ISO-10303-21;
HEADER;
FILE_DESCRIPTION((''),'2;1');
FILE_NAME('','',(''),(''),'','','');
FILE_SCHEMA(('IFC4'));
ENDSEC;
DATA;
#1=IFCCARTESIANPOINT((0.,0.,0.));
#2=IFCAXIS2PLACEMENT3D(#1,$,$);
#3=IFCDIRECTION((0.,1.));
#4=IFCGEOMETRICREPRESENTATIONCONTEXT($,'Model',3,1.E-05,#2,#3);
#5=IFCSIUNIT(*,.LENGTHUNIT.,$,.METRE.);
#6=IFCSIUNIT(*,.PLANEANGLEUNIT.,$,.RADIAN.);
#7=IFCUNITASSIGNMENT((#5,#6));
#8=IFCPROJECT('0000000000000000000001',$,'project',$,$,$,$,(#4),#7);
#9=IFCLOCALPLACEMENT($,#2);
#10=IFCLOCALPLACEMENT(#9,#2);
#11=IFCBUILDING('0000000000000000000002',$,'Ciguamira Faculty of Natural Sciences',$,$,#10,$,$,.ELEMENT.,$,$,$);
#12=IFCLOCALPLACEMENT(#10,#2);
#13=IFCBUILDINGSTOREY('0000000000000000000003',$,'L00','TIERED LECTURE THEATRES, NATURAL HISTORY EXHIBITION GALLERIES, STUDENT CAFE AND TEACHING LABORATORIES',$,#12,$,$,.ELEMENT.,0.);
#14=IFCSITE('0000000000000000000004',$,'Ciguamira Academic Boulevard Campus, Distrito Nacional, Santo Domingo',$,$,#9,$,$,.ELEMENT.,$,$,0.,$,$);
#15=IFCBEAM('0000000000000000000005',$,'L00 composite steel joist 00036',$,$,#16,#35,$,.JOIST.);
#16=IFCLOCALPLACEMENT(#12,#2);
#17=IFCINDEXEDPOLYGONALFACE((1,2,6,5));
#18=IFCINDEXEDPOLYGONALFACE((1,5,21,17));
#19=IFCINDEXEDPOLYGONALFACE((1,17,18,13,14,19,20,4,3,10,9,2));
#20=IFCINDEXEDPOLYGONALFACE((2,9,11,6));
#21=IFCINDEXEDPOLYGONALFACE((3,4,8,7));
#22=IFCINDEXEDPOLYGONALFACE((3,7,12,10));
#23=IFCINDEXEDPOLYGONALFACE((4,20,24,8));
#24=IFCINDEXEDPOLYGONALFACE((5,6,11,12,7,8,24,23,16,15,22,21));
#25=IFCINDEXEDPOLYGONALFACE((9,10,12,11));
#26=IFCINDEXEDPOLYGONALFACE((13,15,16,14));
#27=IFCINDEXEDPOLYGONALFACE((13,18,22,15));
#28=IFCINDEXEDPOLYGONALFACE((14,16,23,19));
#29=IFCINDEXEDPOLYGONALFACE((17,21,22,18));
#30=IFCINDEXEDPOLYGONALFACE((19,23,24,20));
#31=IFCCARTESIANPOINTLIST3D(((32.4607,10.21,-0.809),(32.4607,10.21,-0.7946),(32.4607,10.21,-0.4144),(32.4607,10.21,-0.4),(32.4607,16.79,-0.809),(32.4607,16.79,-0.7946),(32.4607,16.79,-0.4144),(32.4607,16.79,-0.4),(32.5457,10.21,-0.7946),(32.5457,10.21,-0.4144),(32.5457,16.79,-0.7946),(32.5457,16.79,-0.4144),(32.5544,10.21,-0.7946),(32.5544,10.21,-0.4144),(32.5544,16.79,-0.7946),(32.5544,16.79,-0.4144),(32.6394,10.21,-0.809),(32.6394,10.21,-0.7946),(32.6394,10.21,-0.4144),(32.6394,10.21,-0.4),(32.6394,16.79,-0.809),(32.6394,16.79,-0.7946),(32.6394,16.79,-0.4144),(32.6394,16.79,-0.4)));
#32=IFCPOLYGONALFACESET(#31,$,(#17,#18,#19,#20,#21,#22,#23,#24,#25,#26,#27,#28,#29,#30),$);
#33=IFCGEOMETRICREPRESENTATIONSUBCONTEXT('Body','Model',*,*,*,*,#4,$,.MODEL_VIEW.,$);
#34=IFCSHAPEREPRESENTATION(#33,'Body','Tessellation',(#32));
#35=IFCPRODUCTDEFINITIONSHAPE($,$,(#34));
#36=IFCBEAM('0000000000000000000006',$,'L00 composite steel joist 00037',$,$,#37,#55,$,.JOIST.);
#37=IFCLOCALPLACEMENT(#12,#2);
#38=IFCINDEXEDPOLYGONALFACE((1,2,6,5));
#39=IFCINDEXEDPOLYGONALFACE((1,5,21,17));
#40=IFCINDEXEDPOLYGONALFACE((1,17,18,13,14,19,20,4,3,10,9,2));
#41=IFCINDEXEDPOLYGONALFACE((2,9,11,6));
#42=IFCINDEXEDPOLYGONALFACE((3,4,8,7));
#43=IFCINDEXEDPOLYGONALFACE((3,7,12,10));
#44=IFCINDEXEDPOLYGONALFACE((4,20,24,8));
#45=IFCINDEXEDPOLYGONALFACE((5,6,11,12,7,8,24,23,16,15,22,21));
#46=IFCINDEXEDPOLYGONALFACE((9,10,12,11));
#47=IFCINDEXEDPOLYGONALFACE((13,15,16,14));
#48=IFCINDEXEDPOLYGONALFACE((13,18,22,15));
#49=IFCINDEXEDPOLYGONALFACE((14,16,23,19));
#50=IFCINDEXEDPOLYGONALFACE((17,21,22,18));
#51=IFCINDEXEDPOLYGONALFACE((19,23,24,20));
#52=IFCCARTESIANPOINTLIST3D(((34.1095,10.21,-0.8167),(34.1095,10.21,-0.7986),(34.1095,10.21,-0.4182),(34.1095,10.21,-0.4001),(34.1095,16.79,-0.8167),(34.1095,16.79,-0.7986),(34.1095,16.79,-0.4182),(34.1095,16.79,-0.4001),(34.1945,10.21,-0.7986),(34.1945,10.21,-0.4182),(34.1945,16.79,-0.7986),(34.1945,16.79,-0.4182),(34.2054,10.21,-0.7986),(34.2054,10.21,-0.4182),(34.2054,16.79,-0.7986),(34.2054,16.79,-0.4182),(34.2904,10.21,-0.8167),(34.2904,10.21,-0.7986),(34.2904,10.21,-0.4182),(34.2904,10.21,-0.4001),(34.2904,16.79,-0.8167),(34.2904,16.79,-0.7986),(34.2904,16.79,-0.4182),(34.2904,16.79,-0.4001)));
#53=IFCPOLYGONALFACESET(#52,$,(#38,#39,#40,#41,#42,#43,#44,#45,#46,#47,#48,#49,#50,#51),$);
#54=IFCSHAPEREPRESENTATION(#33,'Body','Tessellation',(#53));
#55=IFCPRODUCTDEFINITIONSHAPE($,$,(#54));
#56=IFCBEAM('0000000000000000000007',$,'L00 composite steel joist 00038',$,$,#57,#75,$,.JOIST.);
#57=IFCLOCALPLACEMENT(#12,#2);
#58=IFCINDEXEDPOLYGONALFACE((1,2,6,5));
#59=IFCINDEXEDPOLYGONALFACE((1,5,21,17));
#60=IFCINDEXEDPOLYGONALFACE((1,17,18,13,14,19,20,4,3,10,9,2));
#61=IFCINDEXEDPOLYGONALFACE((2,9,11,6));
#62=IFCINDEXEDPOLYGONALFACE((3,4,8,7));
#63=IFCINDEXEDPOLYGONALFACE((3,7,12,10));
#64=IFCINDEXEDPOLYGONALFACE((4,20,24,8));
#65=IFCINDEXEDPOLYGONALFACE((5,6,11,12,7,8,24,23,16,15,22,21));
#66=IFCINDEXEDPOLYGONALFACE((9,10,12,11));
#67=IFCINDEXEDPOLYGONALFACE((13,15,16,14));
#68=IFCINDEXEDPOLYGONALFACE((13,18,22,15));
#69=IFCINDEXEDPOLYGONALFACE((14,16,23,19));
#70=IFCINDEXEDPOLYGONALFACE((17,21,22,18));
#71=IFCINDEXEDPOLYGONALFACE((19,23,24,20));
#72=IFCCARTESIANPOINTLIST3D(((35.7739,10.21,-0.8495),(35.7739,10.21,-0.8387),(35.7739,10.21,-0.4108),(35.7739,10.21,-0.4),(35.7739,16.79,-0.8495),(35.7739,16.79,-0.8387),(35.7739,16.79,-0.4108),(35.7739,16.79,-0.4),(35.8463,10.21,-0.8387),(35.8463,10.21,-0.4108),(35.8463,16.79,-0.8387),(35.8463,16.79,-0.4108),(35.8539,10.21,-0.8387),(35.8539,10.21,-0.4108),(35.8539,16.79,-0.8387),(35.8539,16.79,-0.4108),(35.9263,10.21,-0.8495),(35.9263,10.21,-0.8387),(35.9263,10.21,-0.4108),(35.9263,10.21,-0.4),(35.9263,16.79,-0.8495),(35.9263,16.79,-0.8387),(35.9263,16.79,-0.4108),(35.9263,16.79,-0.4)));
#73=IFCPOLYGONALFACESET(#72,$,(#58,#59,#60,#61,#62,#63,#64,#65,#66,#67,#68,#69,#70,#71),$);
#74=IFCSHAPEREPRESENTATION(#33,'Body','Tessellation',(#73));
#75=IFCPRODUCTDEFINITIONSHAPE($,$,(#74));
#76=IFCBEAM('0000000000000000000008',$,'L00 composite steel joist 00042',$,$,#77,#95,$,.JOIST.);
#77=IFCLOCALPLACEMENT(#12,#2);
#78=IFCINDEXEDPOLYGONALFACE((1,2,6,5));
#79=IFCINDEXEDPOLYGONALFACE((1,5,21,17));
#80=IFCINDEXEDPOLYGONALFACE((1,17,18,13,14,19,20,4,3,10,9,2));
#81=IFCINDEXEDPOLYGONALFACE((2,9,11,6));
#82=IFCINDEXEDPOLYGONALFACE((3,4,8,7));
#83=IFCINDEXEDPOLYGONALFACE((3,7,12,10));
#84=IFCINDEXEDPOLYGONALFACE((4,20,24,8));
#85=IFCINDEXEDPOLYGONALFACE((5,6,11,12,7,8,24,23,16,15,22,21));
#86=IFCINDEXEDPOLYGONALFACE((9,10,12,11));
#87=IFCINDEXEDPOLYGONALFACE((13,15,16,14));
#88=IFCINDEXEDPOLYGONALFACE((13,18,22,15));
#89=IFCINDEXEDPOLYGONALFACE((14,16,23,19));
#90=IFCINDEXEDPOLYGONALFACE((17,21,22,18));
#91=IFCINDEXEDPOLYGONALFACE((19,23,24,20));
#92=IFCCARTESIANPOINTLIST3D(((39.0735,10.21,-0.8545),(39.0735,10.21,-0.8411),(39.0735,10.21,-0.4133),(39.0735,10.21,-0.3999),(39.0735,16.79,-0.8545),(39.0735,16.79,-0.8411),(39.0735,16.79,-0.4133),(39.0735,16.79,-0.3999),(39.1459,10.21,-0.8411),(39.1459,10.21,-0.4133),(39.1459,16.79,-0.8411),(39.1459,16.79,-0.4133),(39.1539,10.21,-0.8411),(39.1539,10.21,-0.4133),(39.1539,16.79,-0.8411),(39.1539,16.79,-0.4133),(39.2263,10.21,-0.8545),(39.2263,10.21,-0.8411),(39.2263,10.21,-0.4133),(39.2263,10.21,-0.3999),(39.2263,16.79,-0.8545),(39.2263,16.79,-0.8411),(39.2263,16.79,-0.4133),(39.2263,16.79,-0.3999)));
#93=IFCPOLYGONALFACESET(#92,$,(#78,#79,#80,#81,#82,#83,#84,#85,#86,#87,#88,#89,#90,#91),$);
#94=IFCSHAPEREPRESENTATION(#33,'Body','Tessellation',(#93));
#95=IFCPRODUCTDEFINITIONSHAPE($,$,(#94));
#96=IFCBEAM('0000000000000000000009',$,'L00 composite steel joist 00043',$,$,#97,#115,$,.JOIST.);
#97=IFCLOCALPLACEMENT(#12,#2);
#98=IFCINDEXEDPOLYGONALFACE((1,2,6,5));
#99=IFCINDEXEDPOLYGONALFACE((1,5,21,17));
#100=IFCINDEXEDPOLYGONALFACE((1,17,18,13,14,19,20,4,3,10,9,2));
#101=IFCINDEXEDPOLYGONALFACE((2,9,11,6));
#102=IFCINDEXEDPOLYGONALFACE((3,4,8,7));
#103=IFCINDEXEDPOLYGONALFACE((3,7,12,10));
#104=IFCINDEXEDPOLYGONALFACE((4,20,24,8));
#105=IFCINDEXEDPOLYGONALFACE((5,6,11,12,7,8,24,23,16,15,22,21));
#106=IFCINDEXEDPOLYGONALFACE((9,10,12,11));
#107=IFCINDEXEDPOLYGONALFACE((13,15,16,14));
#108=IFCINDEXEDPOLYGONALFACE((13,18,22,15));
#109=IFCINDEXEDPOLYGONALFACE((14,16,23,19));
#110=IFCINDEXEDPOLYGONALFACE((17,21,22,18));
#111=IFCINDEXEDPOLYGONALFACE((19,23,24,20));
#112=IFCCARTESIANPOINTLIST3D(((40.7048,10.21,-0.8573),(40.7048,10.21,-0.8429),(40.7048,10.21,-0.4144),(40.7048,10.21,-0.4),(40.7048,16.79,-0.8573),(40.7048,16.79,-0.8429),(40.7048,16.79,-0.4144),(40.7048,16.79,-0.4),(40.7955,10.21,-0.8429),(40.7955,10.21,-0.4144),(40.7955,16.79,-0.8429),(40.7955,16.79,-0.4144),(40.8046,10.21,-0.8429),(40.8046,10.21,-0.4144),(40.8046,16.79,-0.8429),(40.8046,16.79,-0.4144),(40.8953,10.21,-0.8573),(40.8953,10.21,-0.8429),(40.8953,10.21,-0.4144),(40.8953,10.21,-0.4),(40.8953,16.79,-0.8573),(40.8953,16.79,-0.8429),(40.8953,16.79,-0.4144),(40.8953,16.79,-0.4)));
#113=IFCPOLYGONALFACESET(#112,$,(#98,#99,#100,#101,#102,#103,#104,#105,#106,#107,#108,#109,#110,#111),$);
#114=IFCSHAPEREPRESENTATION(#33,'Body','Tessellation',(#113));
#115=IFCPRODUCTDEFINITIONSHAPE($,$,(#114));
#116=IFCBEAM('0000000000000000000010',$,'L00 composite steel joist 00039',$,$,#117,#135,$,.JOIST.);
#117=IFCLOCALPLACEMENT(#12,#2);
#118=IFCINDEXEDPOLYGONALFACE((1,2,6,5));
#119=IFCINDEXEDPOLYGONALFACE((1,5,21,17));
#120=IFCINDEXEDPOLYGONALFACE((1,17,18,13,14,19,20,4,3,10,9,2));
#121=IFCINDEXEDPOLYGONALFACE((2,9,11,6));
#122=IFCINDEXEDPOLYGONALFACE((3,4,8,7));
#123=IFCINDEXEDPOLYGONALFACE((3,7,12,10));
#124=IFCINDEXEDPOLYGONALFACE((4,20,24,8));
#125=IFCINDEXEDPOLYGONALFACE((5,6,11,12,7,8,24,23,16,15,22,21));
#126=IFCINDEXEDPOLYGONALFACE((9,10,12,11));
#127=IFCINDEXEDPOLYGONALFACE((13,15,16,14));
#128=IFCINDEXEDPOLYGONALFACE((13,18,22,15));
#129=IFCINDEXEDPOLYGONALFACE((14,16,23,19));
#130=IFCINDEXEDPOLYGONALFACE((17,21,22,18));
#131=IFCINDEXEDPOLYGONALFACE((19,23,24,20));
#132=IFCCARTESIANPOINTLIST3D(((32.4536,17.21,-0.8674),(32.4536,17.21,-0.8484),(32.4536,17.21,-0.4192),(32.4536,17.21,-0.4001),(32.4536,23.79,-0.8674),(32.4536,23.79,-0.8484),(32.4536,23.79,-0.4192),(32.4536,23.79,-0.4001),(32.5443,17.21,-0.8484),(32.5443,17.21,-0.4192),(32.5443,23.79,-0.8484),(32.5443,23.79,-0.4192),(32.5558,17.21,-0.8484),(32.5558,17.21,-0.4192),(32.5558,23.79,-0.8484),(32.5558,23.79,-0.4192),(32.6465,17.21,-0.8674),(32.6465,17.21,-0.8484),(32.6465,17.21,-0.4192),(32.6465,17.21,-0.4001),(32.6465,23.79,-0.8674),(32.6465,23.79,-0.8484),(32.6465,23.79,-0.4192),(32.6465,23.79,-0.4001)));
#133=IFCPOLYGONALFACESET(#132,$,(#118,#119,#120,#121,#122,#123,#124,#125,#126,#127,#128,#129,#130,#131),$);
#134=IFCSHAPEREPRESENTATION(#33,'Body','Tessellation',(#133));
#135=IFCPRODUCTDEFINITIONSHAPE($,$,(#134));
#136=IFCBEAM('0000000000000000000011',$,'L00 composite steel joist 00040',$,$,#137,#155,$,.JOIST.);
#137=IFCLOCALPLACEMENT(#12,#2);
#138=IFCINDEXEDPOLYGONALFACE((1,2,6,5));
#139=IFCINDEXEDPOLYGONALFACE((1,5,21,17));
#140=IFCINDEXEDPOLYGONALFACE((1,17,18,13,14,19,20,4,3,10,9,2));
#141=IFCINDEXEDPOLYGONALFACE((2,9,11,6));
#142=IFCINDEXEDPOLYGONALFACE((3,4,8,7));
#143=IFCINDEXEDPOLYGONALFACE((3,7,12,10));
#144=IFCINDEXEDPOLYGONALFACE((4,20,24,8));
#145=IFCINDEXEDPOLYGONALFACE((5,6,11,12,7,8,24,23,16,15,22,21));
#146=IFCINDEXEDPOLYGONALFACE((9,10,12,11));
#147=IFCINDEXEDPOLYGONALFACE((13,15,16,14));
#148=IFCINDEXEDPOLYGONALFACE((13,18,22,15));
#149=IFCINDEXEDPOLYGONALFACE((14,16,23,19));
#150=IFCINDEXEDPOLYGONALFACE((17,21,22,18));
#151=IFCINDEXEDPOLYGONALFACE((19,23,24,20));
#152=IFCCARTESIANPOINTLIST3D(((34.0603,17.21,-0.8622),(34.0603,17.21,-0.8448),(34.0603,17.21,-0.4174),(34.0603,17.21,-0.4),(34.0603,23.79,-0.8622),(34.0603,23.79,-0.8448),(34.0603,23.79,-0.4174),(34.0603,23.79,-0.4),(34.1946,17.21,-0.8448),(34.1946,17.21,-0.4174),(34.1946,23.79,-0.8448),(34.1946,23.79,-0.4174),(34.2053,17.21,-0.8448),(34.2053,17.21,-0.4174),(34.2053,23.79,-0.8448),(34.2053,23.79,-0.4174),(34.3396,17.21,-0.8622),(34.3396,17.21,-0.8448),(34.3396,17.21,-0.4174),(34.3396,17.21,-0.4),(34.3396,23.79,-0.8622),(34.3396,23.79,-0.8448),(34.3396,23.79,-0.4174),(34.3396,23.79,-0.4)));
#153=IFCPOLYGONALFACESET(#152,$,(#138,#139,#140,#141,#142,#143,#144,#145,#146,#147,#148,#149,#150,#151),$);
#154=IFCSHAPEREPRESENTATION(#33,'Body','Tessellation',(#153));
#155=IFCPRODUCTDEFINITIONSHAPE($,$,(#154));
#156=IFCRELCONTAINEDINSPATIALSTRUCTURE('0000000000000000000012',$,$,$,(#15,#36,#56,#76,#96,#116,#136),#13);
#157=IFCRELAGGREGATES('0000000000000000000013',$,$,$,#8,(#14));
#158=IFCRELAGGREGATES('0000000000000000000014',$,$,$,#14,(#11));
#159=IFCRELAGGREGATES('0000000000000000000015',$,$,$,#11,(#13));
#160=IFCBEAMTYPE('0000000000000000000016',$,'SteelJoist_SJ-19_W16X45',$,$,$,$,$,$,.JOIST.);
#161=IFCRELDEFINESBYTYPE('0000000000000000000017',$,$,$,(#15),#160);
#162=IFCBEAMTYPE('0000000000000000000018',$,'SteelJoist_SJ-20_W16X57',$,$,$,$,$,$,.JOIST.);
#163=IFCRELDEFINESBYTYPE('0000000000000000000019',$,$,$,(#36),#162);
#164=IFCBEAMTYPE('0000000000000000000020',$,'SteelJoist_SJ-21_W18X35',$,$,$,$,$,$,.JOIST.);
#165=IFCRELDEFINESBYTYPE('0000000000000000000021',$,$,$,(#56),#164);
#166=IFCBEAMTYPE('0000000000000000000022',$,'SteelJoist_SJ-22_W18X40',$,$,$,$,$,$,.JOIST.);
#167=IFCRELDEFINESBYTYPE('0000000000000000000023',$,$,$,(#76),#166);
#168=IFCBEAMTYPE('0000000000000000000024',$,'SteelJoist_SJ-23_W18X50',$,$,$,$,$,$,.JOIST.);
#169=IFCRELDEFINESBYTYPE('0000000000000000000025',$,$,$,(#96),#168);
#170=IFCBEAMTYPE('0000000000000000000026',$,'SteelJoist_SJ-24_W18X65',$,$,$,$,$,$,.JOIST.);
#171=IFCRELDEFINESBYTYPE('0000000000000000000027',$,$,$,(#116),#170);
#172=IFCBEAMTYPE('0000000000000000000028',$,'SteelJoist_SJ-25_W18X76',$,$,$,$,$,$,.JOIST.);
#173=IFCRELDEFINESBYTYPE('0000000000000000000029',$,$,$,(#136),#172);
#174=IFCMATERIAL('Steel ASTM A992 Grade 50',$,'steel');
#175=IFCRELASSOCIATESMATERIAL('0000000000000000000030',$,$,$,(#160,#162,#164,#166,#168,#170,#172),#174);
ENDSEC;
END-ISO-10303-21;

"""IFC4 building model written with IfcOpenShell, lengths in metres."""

from ifc_helpers import new_model, si_unit, direction, frame, origin, origin_2d, place, context, subcontext, project, spatial, i_section, extrude, material, material_profile, profile_set, type_object, element, save


model = new_model("IFC4")

# Units and contexts
model_context = context("Model", 3, precision=1e-05, world=origin(), true_north=direction((0.0, 1.0)))
body_context = subcontext(model_context, "Body", "Model", "MODEL_VIEW")
ifc_project = project(units=[si_unit("LENGTHUNIT", "METRE"), si_unit("PLANEANGLEUNIT", "RADIAN")], contexts=[model_context])

# Site, building, storey
site_placement = place(None, origin())
site = spatial("IfcSite", under=ifc_project, at=site_placement, Name="Ciguamira Academic Boulevard Campus, Distrito Nacional, Santo Domingo", CompositionType="ELEMENT", RefElevation=0.0)
building_placement = place(site_placement, origin())
building = spatial("IfcBuilding", under=site, at=building_placement, Name="Ciguamira Faculty of Natural Sciences", CompositionType="ELEMENT")
storey_placement = place(building_placement, origin())
storey = spatial("IfcBuildingStorey", under=building, at=storey_placement, Name="L00", Description="TIERED LECTURE THEATRES, NATURAL HISTORY EXHIBITION GALLERIES, STUDENT CAFE AND TEACHING LABORATORIES", CompositionType="ELEMENT", Elevation=0.0)

# Beams
ifc_material_1 = material(Name="Steel ASTM A992 Grade 50", Category="steel")
ifc_material_profile_1 = material_profile(ifc_material_1, i_section(OverallWidth=0.1787, OverallDepth=0.4089, WebThickness=0.0088, FlangeThickness=0.0144, at=origin_2d()), Name="W16X45")
ifc_profile_set_1 = profile_set([ifc_material_profile_1], Name="Steel ASTM A992 Grade 50")
beam_type_1 = type_object("IfcBeamType", Name="SteelJoist_SJ-19_W16X45", PredefinedType="JOIST", material=ifc_profile_set_1)
beam_1_placement = place(storey_placement, frame((32.55, 10.21, -0.6045), z_axis=(0.0, 1.0, 0.0), x_axis=(-1.0, 0.0, 0.0)))
element("IfcBeam", 1, at=beam_1_placement, inside=storey, type_object=beam_type_1, Name="L00 composite steel joist 00036", PredefinedType="JOIST", context=body_context, shape_type="SweptSolid", body=[
    extrude(i_section(OverallWidth=0.1787, OverallDepth=0.4089, WebThickness=0.0088, FlangeThickness=0.0144, at=origin_2d()), origin(), (0.0, 0.0, 1.0), 6.5801),
])
ifc_material_profile_2 = material_profile(ifc_material_1, i_section(OverallWidth=0.1809, OverallDepth=0.4165, WebThickness=0.011, FlangeThickness=0.0181, at=origin_2d()), Name="W16X57")
ifc_profile_set_2 = profile_set([ifc_material_profile_2], Name="Steel ASTM A992 Grade 50")
beam_type_2 = type_object("IfcBeamType", Name="SteelJoist_SJ-20_W16X57", PredefinedType="JOIST", material=ifc_profile_set_2)
beam_2_placement = place(storey_placement, frame((34.2, 10.21, -0.6084), z_axis=(0.0, 1.0, 0.0), x_axis=(-1.0, 0.0, 0.0)))
element("IfcBeam", 2, at=beam_2_placement, inside=storey, type_object=beam_type_2, Name="L00 composite steel joist 00037", PredefinedType="JOIST", context=body_context, shape_type="SweptSolid", body=[
    extrude(i_section(OverallWidth=0.1809, OverallDepth=0.4165, WebThickness=0.011, FlangeThickness=0.0181, at=origin_2d()), origin(), (0.0, 0.0, 1.0), 6.5801),
])
ifc_material_profile_3 = material_profile(ifc_material_1, i_section(OverallWidth=0.1523, OverallDepth=0.4495, WebThickness=0.0076, FlangeThickness=0.0107, at=origin_2d()), Name="W18X35")
ifc_profile_set_3 = profile_set([ifc_material_profile_3], Name="Steel ASTM A992 Grade 50")
beam_type_3 = type_object("IfcBeamType", Name="SteelJoist_SJ-21_W18X35", PredefinedType="JOIST", material=ifc_profile_set_3)
beam_3_placement = place(storey_placement, frame((35.8501, 10.21, -0.6248), z_axis=(0.0, 1.0, 0.0), x_axis=(-1.0, 0.0, 0.0)))
element("IfcBeam", 3, at=beam_3_placement, inside=storey, type_object=beam_type_3, Name="L00 composite steel joist 00038", PredefinedType="JOIST", context=body_context, shape_type="SweptSolid", body=[
    extrude(i_section(OverallWidth=0.1523, OverallDepth=0.4495, WebThickness=0.0076, FlangeThickness=0.0107, at=origin_2d()), origin(), (0.0, 0.0, 1.0), 6.5801),
])
ifc_material_profile_4 = material_profile(ifc_material_1, i_section(OverallWidth=0.1528, OverallDepth=0.4546, WebThickness=0.0081, FlangeThickness=0.0134, at=origin_2d()), Name="W18X40")
ifc_profile_set_4 = profile_set([ifc_material_profile_4], Name="Steel ASTM A992 Grade 50")
beam_type_4 = type_object("IfcBeamType", Name="SteelJoist_SJ-22_W18X40", PredefinedType="JOIST", material=ifc_profile_set_4)
beam_4_placement = place(storey_placement, frame((39.1499, 10.21, -0.6272), z_axis=(0.0, 1.0, 0.0), x_axis=(-1.0, 0.0, 0.0)))
element("IfcBeam", 4, at=beam_4_placement, inside=storey, type_object=beam_type_4, Name="L00 composite steel joist 00042", PredefinedType="JOIST", context=body_context, shape_type="SweptSolid", body=[
    extrude(i_section(OverallWidth=0.1528, OverallDepth=0.4546, WebThickness=0.0081, FlangeThickness=0.0134, at=origin_2d()), origin(), (0.0, 0.0, 1.0), 6.5801),
])
ifc_material_profile_5 = material_profile(ifc_material_1, i_section(OverallWidth=0.1904, OverallDepth=0.4573, WebThickness=0.009, FlangeThickness=0.0144, at=origin_2d()), Name="W18X50")
ifc_profile_set_5 = profile_set([ifc_material_profile_5], Name="Steel ASTM A992 Grade 50")
beam_type_5 = type_object("IfcBeamType", Name="SteelJoist_SJ-23_W18X50", PredefinedType="JOIST", material=ifc_profile_set_5)
beam_5_placement = place(storey_placement, frame((40.8, 10.21, -0.6287), z_axis=(0.0, 1.0, 0.0), x_axis=(-1.0, 0.0, 0.0)))
element("IfcBeam", 5, at=beam_5_placement, inside=storey, type_object=beam_type_5, Name="L00 composite steel joist 00043", PredefinedType="JOIST", context=body_context, shape_type="SweptSolid", body=[
    extrude(i_section(OverallWidth=0.1904, OverallDepth=0.4573, WebThickness=0.009, FlangeThickness=0.0144, at=origin_2d()), origin(), (0.0, 0.0, 1.0), 6.5801),
])
ifc_material_profile_6 = material_profile(ifc_material_1, i_section(OverallWidth=0.1929, OverallDepth=0.4673, WebThickness=0.0115, FlangeThickness=0.019, at=origin_2d()), Name="W18X65")
ifc_profile_set_6 = profile_set([ifc_material_profile_6], Name="Steel ASTM A992 Grade 50")
beam_type_6 = type_object("IfcBeamType", Name="SteelJoist_SJ-24_W18X65", PredefinedType="JOIST", material=ifc_profile_set_6)
beam_6_placement = place(storey_placement, frame((32.55, 17.21, -0.6338), z_axis=(0.0, 1.0, 0.0), x_axis=(-1.0, 0.0, 0.0)))
element("IfcBeam", 6, at=beam_6_placement, inside=storey, type_object=beam_type_6, Name="L00 composite steel joist 00039", PredefinedType="JOIST", context=body_context, shape_type="SweptSolid", body=[
    extrude(i_section(OverallWidth=0.1929, OverallDepth=0.4673, WebThickness=0.0115, FlangeThickness=0.019, at=origin_2d()), origin(), (0.0, 0.0, 1.0), 6.5801),
])
ifc_material_profile_7 = material_profile(ifc_material_1, i_section(OverallWidth=0.2793, OverallDepth=0.4622, WebThickness=0.0107, FlangeThickness=0.0173, at=origin_2d()), Name="W18X76")
ifc_profile_set_7 = profile_set([ifc_material_profile_7], Name="Steel ASTM A992 Grade 50")
beam_type_7 = type_object("IfcBeamType", Name="SteelJoist_SJ-25_W18X76", PredefinedType="JOIST", material=ifc_profile_set_7)
beam_7_placement = place(storey_placement, frame((34.2, 17.21, -0.6311), z_axis=(0.0, 1.0, 0.0), x_axis=(-1.0, 0.0, 0.0)))
element("IfcBeam", 7, at=beam_7_placement, inside=storey, type_object=beam_type_7, Name="L00 composite steel joist 00040", PredefinedType="JOIST", context=body_context, shape_type="SweptSolid", body=[
    extrude(i_section(OverallWidth=0.2793, OverallDepth=0.4622, WebThickness=0.0107, FlangeThickness=0.0173, at=origin_2d()), origin(), (0.0, 0.0, 1.0), 6.5801),
])

save(model, "model.ifc")
